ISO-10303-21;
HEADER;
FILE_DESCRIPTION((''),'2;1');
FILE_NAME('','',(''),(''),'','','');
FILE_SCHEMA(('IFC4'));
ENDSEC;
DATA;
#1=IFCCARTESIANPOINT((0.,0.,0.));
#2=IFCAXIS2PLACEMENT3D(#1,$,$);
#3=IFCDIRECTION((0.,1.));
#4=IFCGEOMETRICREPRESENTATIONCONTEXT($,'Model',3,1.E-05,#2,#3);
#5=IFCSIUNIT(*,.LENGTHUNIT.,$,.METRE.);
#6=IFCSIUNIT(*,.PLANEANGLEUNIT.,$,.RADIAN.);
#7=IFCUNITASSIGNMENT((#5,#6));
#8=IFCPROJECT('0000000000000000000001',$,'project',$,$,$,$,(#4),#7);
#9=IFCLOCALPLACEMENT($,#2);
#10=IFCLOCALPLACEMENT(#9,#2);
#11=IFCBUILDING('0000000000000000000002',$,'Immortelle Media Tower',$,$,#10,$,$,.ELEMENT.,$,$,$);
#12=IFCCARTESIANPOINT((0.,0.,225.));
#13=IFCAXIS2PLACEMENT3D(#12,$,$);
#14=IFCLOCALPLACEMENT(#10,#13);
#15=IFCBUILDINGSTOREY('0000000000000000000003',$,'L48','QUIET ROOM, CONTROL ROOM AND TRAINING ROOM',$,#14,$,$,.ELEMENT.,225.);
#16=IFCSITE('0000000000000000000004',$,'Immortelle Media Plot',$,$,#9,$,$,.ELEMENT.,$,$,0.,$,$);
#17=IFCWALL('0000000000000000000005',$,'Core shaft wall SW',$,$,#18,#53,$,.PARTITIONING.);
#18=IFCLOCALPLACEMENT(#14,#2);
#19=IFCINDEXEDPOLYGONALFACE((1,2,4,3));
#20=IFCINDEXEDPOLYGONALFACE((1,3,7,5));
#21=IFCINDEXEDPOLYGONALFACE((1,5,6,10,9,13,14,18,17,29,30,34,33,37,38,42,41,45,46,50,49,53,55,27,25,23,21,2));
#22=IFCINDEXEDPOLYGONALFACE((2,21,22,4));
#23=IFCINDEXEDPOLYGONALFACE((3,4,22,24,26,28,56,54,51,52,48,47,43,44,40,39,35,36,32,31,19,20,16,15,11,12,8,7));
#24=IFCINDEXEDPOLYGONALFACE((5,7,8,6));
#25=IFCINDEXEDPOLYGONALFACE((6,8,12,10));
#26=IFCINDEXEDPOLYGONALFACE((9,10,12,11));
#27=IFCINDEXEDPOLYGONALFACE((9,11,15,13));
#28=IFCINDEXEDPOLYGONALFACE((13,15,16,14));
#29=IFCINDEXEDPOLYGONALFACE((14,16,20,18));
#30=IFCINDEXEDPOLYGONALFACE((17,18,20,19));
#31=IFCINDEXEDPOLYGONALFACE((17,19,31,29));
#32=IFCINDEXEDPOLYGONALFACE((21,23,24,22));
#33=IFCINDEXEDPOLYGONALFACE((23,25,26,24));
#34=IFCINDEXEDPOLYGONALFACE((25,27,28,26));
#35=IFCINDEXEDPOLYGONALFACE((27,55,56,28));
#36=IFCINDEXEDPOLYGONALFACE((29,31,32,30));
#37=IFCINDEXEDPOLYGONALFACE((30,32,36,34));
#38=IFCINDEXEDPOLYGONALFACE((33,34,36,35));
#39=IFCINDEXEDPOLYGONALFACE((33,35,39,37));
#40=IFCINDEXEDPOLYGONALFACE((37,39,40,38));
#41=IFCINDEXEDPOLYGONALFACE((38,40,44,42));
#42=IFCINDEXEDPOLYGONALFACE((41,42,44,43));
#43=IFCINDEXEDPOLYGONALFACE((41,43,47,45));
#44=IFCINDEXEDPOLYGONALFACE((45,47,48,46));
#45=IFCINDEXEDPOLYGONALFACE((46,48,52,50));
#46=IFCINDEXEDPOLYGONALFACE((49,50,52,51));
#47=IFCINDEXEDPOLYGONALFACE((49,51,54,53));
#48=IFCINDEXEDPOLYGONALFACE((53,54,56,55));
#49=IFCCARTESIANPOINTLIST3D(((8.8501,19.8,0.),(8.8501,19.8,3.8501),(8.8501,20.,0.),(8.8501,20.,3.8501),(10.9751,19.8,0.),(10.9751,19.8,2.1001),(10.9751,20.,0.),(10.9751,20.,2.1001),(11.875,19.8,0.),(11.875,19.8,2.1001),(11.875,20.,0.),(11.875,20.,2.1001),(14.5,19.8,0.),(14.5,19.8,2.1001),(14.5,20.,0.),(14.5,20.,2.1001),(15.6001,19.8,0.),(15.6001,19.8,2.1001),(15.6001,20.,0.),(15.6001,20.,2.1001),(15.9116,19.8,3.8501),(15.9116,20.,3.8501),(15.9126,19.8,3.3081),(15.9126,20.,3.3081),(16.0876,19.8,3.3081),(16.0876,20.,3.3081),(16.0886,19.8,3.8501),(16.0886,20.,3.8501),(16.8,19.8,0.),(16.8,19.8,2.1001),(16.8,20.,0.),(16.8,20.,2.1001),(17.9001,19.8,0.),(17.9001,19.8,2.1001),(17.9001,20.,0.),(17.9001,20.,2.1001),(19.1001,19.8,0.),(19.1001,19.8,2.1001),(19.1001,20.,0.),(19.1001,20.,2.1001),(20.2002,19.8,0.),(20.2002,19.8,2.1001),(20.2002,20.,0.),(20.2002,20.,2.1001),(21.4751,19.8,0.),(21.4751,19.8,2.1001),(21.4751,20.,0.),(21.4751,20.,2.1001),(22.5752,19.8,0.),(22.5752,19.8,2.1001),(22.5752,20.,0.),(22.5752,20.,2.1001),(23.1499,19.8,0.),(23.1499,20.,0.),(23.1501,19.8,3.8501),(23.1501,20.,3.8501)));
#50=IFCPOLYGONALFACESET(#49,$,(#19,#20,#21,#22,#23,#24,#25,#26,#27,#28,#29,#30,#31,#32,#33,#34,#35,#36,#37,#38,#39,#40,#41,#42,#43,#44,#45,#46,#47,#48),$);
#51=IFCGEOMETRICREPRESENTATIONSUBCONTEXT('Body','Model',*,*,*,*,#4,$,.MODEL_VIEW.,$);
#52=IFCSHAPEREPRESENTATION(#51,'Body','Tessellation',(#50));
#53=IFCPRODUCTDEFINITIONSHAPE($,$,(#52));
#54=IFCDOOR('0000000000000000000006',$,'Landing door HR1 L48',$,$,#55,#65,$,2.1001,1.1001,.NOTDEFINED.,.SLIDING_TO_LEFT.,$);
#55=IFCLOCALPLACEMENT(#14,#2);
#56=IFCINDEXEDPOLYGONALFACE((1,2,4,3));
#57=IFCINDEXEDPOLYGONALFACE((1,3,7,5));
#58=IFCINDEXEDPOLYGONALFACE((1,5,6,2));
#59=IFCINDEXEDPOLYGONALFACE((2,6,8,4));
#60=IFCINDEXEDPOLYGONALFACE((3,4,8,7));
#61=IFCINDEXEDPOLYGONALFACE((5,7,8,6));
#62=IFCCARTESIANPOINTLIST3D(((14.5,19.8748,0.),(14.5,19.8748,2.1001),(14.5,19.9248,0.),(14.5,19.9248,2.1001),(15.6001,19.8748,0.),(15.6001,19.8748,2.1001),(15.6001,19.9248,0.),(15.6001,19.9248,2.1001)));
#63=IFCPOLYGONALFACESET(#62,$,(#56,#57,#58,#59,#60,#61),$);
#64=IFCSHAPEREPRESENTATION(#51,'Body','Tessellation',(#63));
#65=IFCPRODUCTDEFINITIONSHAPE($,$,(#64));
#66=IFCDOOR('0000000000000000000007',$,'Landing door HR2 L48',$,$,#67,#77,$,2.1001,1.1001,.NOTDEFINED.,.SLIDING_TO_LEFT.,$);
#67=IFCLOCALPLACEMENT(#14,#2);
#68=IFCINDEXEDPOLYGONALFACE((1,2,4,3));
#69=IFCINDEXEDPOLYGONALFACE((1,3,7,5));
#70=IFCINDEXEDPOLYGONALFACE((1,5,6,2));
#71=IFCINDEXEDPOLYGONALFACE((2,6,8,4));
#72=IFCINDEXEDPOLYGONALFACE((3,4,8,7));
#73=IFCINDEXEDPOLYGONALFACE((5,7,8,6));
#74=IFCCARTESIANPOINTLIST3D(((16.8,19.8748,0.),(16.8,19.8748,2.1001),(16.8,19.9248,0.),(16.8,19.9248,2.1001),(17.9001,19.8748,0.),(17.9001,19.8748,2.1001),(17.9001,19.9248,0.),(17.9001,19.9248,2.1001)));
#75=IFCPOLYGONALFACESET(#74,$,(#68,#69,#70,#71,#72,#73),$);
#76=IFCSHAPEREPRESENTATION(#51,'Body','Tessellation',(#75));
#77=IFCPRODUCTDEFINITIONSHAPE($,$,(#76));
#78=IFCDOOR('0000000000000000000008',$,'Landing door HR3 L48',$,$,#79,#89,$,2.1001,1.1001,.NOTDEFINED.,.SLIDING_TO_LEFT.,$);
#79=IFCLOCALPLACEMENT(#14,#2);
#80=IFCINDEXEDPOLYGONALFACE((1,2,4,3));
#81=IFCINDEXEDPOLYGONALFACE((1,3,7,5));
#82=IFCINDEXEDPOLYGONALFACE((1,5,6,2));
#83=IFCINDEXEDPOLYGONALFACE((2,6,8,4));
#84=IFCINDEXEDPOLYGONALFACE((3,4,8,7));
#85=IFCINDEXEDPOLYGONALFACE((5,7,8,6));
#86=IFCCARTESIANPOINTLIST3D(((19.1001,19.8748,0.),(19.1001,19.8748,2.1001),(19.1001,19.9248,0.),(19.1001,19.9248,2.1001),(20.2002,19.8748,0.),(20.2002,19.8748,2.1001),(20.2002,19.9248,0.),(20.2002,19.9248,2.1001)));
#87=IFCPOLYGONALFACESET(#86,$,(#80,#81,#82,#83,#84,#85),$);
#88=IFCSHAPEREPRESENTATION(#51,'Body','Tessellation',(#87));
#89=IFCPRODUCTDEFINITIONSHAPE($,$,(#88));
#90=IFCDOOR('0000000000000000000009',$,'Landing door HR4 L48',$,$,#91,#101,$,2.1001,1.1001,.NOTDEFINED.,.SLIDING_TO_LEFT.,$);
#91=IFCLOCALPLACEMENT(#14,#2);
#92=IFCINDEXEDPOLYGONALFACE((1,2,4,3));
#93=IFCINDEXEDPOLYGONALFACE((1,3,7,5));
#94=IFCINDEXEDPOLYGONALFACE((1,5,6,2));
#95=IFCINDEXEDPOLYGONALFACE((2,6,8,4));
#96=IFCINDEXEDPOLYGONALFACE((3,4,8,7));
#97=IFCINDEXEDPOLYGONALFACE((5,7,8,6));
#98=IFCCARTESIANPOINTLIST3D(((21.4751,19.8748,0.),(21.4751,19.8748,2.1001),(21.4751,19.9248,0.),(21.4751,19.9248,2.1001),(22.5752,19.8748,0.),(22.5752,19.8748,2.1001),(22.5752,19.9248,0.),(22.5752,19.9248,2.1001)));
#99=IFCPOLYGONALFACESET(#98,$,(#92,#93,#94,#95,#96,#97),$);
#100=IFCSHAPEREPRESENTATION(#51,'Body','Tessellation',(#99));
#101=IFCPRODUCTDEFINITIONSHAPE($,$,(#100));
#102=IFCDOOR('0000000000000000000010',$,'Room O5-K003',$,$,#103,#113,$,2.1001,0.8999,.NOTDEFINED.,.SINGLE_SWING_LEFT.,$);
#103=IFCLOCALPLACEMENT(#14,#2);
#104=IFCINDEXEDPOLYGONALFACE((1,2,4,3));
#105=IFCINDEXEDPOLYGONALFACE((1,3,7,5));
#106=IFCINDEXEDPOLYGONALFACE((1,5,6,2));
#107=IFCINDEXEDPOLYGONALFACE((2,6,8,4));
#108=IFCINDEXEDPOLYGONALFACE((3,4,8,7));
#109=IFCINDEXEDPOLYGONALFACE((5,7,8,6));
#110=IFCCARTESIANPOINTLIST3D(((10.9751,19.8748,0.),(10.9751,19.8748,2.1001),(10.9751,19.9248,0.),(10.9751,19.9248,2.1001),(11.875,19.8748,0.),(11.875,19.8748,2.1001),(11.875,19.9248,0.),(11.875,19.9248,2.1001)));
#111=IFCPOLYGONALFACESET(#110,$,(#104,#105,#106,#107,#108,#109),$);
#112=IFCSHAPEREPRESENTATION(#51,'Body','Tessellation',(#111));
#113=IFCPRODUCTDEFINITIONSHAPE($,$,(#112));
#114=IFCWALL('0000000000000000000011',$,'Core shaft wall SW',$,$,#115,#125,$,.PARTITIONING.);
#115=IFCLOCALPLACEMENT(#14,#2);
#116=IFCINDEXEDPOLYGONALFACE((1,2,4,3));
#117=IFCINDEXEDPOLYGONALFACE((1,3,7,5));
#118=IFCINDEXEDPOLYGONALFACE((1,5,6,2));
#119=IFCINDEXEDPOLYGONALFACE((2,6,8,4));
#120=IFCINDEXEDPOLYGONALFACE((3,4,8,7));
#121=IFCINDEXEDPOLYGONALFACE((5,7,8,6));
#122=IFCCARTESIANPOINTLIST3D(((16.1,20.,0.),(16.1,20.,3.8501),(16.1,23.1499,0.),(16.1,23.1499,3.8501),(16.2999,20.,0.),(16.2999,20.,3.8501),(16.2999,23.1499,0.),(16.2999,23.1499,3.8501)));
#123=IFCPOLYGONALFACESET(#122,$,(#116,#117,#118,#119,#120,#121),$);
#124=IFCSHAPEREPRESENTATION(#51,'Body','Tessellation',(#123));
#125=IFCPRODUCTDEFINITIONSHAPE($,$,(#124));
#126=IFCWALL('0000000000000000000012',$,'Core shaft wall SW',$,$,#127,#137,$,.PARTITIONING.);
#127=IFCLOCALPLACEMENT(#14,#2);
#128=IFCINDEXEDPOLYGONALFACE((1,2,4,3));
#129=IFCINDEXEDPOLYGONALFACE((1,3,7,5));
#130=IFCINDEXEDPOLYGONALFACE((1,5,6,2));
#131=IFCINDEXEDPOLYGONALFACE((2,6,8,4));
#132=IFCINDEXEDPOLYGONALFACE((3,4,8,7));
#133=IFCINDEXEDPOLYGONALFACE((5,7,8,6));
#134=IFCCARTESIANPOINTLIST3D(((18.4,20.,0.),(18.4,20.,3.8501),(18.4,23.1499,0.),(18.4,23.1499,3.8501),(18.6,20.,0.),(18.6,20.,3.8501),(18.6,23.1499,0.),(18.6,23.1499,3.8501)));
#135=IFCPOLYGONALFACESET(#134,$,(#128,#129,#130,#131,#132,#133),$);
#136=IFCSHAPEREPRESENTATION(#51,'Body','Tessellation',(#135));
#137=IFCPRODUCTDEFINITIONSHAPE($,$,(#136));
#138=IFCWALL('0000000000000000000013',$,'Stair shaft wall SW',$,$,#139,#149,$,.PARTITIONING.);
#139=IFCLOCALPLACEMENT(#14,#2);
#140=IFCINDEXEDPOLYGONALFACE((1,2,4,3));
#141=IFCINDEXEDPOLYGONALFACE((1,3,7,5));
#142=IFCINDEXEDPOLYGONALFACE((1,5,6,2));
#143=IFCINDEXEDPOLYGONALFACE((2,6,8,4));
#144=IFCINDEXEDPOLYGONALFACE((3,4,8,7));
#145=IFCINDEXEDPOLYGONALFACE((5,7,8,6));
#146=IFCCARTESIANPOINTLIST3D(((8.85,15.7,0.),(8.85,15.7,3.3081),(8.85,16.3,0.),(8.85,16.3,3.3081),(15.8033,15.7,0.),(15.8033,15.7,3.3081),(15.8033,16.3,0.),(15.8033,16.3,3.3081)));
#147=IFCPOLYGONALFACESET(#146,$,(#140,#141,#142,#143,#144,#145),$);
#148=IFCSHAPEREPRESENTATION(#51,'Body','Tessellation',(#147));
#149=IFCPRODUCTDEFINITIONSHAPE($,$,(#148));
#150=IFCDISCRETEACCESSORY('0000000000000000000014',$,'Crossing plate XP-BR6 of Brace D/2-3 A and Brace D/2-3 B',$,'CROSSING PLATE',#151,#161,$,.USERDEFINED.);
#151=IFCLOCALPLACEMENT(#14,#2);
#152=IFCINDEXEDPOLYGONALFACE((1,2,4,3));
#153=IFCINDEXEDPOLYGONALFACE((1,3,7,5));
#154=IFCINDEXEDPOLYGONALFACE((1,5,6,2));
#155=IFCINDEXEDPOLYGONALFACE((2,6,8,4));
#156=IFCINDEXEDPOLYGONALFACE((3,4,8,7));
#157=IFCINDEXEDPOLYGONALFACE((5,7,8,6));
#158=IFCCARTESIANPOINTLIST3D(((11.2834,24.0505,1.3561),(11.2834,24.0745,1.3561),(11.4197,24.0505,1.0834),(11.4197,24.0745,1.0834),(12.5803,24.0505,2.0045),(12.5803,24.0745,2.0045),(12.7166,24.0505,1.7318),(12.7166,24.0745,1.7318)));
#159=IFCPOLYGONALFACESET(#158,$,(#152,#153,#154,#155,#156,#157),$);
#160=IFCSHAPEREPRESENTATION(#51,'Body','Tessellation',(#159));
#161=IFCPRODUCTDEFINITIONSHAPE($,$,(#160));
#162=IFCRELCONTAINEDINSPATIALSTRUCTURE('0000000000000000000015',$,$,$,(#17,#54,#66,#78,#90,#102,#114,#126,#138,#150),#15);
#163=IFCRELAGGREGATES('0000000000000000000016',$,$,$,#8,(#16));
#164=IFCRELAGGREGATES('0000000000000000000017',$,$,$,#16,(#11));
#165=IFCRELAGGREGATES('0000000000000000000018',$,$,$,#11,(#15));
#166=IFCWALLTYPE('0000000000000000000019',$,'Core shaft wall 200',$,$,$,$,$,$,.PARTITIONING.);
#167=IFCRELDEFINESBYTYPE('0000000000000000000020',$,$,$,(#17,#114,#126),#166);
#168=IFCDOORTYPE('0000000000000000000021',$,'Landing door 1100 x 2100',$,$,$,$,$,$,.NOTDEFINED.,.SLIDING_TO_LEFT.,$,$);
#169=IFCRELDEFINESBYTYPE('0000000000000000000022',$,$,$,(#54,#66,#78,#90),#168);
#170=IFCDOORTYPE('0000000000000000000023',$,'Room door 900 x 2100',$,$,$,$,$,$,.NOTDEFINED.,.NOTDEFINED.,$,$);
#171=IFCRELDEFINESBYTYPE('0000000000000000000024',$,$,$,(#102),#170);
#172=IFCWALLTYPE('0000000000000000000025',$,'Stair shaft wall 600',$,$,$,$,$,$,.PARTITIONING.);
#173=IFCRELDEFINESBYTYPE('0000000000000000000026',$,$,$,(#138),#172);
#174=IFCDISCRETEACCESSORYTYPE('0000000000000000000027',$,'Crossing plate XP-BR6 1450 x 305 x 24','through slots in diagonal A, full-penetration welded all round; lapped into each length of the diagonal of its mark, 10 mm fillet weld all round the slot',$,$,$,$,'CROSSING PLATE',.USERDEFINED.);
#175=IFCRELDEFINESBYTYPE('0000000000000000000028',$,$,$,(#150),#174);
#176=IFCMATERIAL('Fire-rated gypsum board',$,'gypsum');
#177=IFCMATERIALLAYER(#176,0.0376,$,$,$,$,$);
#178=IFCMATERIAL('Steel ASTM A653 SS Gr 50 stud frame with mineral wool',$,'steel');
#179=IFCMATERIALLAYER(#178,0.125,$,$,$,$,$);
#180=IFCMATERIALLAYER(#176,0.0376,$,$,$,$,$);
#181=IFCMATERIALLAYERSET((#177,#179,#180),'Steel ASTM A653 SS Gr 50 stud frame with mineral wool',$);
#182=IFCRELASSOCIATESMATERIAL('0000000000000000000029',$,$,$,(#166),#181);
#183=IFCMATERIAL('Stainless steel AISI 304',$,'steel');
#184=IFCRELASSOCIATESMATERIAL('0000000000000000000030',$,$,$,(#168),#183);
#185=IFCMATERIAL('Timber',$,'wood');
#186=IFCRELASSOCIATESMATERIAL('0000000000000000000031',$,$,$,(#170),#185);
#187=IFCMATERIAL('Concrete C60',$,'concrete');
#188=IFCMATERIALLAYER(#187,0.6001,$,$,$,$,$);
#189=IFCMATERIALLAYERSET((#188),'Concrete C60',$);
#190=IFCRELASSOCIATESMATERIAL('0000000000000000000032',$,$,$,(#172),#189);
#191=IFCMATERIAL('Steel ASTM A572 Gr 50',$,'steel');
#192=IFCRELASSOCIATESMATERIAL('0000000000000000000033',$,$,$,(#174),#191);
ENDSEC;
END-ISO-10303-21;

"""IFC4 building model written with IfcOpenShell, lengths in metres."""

from ifc_helpers import new_model, si_unit, direction, frame, frame_2d, origin, origin_2d, place, context, subcontext, project, spatial, polyline, rectangle, outline, extrude, material, layer, layer_set, material_profile, profile_set, type_object, element, fill, save


model = new_model("IFC4")

# Units and contexts
model_context = context("Model", 3, precision=1e-05, world=origin(), true_north=direction((0.0, 1.0)))
body_context = subcontext(model_context, "Body", "Model", "MODEL_VIEW")
ifc_project = project(units=[si_unit("LENGTHUNIT", "METRE"), si_unit("PLANEANGLEUNIT", "RADIAN")], contexts=[model_context])

# Site, building, storey
site_placement = place(None, origin())
site = spatial("IfcSite", under=ifc_project, at=site_placement, Name="Immortelle Media Plot", CompositionType="ELEMENT", RefElevation=0.0)
building_placement = place(site_placement, origin())
building = spatial("IfcBuilding", under=site, at=building_placement, Name="Immortelle Media Tower", CompositionType="ELEMENT")
storey_placement = place(building_placement, frame((0.0, 0.0, 225.0)))
storey = spatial("IfcBuildingStorey", under=building, at=storey_placement, Name="L48", Description="QUIET ROOM, CONTROL ROOM AND TRAINING ROOM", CompositionType="ELEMENT", Elevation=225.0)

# Shared definitions
ifc_material_1 = material(Name="Timber", Category="wood")

# Shared definitions
ifc_material_2 = material(Name="Fire-rated gypsum board", Category="gypsum")
ifc_material_3 = material(Name="Steel ASTM A653 SS Gr 50 stud frame with mineral wool", Category="steel")

# Wall, openings, doors
ifc_layer_1 = layer(ifc_material_2, 0.0376)
ifc_layer_2 = layer(ifc_material_3, 0.125)
ifc_layer_3 = layer(ifc_material_2, 0.0376)
ifc_layer_set_1 = layer_set([ifc_layer_1, ifc_layer_2, ifc_layer_3], Name="Steel ASTM A653 SS Gr 50 stud frame with mineral wool")
wall_type_1 = type_object("IfcWallType", Name="Core shaft wall 200", PredefinedType="PARTITIONING", material=ifc_layer_set_1)
wall_1_placement = place(storey_placement, frame((8.8501, 19.8999, 0.0), z_axis=(0.0, 0.0, 1.0), x_axis=(1.0, 0.0, 0.0)))
wall_1 = element("IfcWall", 1, at=wall_1_placement, inside=storey, type_object=wall_type_1, Name="Core shaft wall SW", PredefinedType="PARTITIONING", context=body_context, shape_type="SweptSolid", body=[
    extrude(outline(polyline([(0.0, 0.0), (14.2998, 0.0), (14.3, 3.8501), (7.2385, 3.8501), (7.2375, 3.3081), (7.0625, 3.3081), (7.0615, 3.8501), (0.0, 3.8501), (0.0, 0.0)])), frame((0.0, 0.1001, 0.0), z_axis=(0.0, -1.0, 0.0), x_axis=(1.0, 0.0, 0.0)), (0.0, 0.0, 1.0), 0.2),
])
opening_1_placement = place(wall_1_placement, frame((2.125, 0.0, 0.0)))
opening_1 = element("IfcOpeningElement", 2, at=opening_1_placement, cuts=wall_1, PredefinedType="OPENING", context=body_context, shape_type="SweptSolid", body=[
    extrude(rectangle(XDim=0.8999, YDim=2.1001, at=frame_2d((0.45, 1.05))), frame((0.0, 0.1099, 0.0), z_axis=(0.0, -1.0, 0.0), x_axis=(1.0, 0.0, 0.0)), (0.0, 0.0, 1.0), 0.22),
])
opening_2_placement = place(wall_1_placement, frame((5.6499, 0.0, 0.0)))
opening_2 = element("IfcOpeningElement", 3, at=opening_2_placement, cuts=wall_1, PredefinedType="OPENING", context=body_context, shape_type="SweptSolid", body=[
    extrude(rectangle(XDim=1.1001, YDim=2.1001, at=frame_2d((0.55, 1.05))), frame((0.0, 0.1099, 0.0), z_axis=(0.0, -1.0, 0.0), x_axis=(1.0, 0.0, 0.0)), (0.0, 0.0, 1.0), 0.22),
])
opening_3_placement = place(wall_1_placement, frame((7.95, 0.0, 0.0)))
opening_3 = element("IfcOpeningElement", 4, at=opening_3_placement, cuts=wall_1, PredefinedType="OPENING", context=body_context, shape_type="SweptSolid", body=[
    extrude(rectangle(XDim=1.1001, YDim=2.1001, at=frame_2d((0.55, 1.05))), frame((0.0, 0.1099, 0.0), z_axis=(0.0, -1.0, 0.0), x_axis=(1.0, 0.0, 0.0)), (0.0, 0.0, 1.0), 0.22),
])
opening_4_placement = place(wall_1_placement, frame((10.25, 0.0, 0.0)))
opening_4 = element("IfcOpeningElement", 5, at=opening_4_placement, cuts=wall_1, PredefinedType="OPENING", context=body_context, shape_type="SweptSolid", body=[
    extrude(rectangle(XDim=1.1001, YDim=2.1001, at=frame_2d((0.55, 1.05))), frame((0.0, 0.1099, 0.0), z_axis=(0.0, -1.0, 0.0), x_axis=(1.0, 0.0, 0.0)), (0.0, 0.0, 1.0), 0.22),
])
opening_5_placement = place(wall_1_placement, frame((12.625, 0.0, 0.0)))
opening_5 = element("IfcOpeningElement", 6, at=opening_5_placement, cuts=wall_1, PredefinedType="OPENING", context=body_context, shape_type="SweptSolid", body=[
    extrude(rectangle(XDim=1.1001, YDim=2.1001, at=frame_2d((0.55, 1.05))), frame((0.0, 0.1099, 0.0), z_axis=(0.0, -1.0, 0.0), x_axis=(1.0, 0.0, 0.0)), (0.0, 0.0, 1.0), 0.22),
])
ifc_material_4 = material(Name="Stainless steel AISI 304", Category="steel")
door_type_1 = type_object("IfcDoorType", Name="Landing door 1100 x 2100", OperationType="SLIDING_TO_LEFT", PredefinedType="NOTDEFINED", material=ifc_material_4)
door_1_placement = place(opening_2_placement, origin())
door_1 = element("IfcDoor", 7, at=door_1_placement, inside=storey, type_object=door_type_1, Name="Landing door HR1 L48", OperationType="SLIDING_TO_LEFT", OverallHeight=2.1001, OverallWidth=1.1001, PredefinedType="NOTDEFINED", context=body_context, shape_type="SweptSolid", body=[
    extrude(rectangle(XDim=1.1001, YDim=2.1001, at=frame_2d((0.55, 1.05))), frame((0.0, 0.0249, 0.0), z_axis=(0.0, -1.0, 0.0), x_axis=(1.0, 0.0, 0.0)), (0.0, 0.0, 1.0), 0.05),
])
fill(opening_2, door_1)
door_2_placement = place(opening_3_placement, origin())
door_2 = element("IfcDoor", 8, at=door_2_placement, inside=storey, type_object=door_type_1, Name="Landing door HR2 L48", OperationType="SLIDING_TO_LEFT", OverallHeight=2.1001, OverallWidth=1.1001, PredefinedType="NOTDEFINED", context=body_context, shape_type="SweptSolid", body=[
    extrude(rectangle(XDim=1.1001, YDim=2.1001, at=frame_2d((0.55, 1.05))), frame((0.0, 0.0249, 0.0), z_axis=(0.0, -1.0, 0.0), x_axis=(1.0, 0.0, 0.0)), (0.0, 0.0, 1.0), 0.05),
])
fill(opening_3, door_2)
door_3_placement = place(opening_4_placement, origin())
door_3 = element("IfcDoor", 9, at=door_3_placement, inside=storey, type_object=door_type_1, Name="Landing door HR3 L48", OperationType="SLIDING_TO_LEFT", OverallHeight=2.1001, OverallWidth=1.1001, PredefinedType="NOTDEFINED", context=body_context, shape_type="SweptSolid", body=[
    extrude(rectangle(XDim=1.1001, YDim=2.1001, at=frame_2d((0.55, 1.05))), frame((0.0, 0.0249, 0.0), z_axis=(0.0, -1.0, 0.0), x_axis=(1.0, 0.0, 0.0)), (0.0, 0.0, 1.0), 0.05),
])
fill(opening_4, door_3)
door_4_placement = place(opening_5_placement, origin())
door_4 = element("IfcDoor", 10, at=door_4_placement, inside=storey, type_object=door_type_1, Name="Landing door HR4 L48", OperationType="SLIDING_TO_LEFT", OverallHeight=2.1001, OverallWidth=1.1001, PredefinedType="NOTDEFINED", context=body_context, shape_type="SweptSolid", body=[
    extrude(rectangle(XDim=1.1001, YDim=2.1001, at=frame_2d((0.55, 1.05))), frame((0.0, 0.0249, 0.0), z_axis=(0.0, -1.0, 0.0), x_axis=(1.0, 0.0, 0.0)), (0.0, 0.0, 1.0), 0.05),
])
fill(opening_5, door_4)
door_type_2 = type_object("IfcDoorType", Name="Room door 900 x 2100", OperationType="NOTDEFINED", PredefinedType="NOTDEFINED", material=ifc_material_1)
door_5_placement = place(opening_1_placement, origin())
door_5 = element("IfcDoor", 11, at=door_5_placement, inside=storey, type_object=door_type_2, Name="Room O5-K003", OperationType="SINGLE_SWING_LEFT", OverallHeight=2.1001, OverallWidth=0.8999, PredefinedType="NOTDEFINED", context=body_context, shape_type="SweptSolid", body=[
    extrude(rectangle(XDim=0.8999, YDim=2.1001, at=frame_2d((0.45, 1.05))), frame((0.0, 0.0249, 0.0), z_axis=(0.0, -1.0, 0.0), x_axis=(1.0, 0.0, 0.0)), (0.0, 0.0, 1.0), 0.05),
])
fill(opening_1, door_5)

# Walls
for number, where, z_axis, x_axis, name in (
    (12, (16.2, 20.0, 0.0), (0.0, 0.0, 1.0), (0.0, 1.0, 0.0), "Core shaft wall SW"),
    (13, (18.5, 20.0, 0.0), (0.0, 0.0, 1.0), (0.0, 1.0, 0.0), "Core shaft wall SW"),
):
    element("IfcWall", number, at=place(storey_placement, frame(where, z_axis=z_axis, x_axis=x_axis)), inside=storey, type_object=wall_type_1, Name=name, PredefinedType="PARTITIONING", context=body_context, shape_type="SweptSolid", body=[
        extrude(rectangle(XDim=3.1499, YDim=0.2, at=frame_2d((1.575, 0.0))), origin(), (0.0, 0.0, 1.0), 3.8501),
    ])
ifc_material_5 = material(Name="Concrete C60", Category="concrete")
ifc_layer_4 = layer(ifc_material_5, 0.6001)
ifc_layer_set_2 = layer_set([ifc_layer_4], Name="Concrete C60")
wall_type_2 = type_object("IfcWallType", Name="Stair shaft wall 600", PredefinedType="PARTITIONING", material=ifc_layer_set_2)
wall_2_placement = place(storey_placement, frame((8.8501, 16.0, 0.0), z_axis=(0.0, 0.0, 1.0), x_axis=(1.0, 0.0, 0.0)))
element("IfcWall", 14, at=wall_2_placement, inside=storey, type_object=wall_type_2, Name="Stair shaft wall SW", PredefinedType="PARTITIONING", context=body_context, shape_type="SweptSolid", body=[
    extrude(rectangle(XDim=6.9534, YDim=0.6001, at=frame_2d((3.4766, 0.0))), origin(), (0.0, 0.0, 1.0), 3.3081),
])

# Discrete accessory
ifc_material_6 = material(Name="Steel ASTM A572 Gr 50", Category="steel")
ifc_material_profile_1 = material_profile(ifc_material_6, rectangle(XDim=0.0239, YDim=0.3049, at=origin_2d()), Name="PL 24 x 305")
ifc_profile_set_1 = profile_set([ifc_material_profile_1], Name="Steel ASTM A572 Gr 50")
discrete_accessory_type_1 = type_object("IfcDiscreteAccessoryType", Name="Crossing plate XP-BR6 1450 x 305 x 24", Description="through slots in diagonal A, full-penetration welded all round; lapped into each length of the diagonal of its mark, 10 mm fillet weld all round the slot", ElementType="CROSSING PLATE", PredefinedType="USERDEFINED", material=ifc_profile_set_1)
discrete_accessory_placement = place(storey_placement, frame((12.6484, 24.0625, 1.8682), z_axis=(-0.894427, 0.0, -0.447214), x_axis=(0.0, -1.0, 0.0)))
element("IfcDiscreteAccessory", 15, at=discrete_accessory_placement, inside=storey, type_object=discrete_accessory_type_1, Name="Crossing plate XP-BR6 of Brace D/2-3 A and Brace D/2-3 B", ObjectType="CROSSING PLATE", PredefinedType="USERDEFINED", context=body_context, shape_type="SweptSolid", body=[
    extrude(rectangle(XDim=0.0239, YDim=0.3049, at=origin_2d()), origin(), (0.0, 0.0, 1.0), 1.45),
])

save(model, "model.ifc")
